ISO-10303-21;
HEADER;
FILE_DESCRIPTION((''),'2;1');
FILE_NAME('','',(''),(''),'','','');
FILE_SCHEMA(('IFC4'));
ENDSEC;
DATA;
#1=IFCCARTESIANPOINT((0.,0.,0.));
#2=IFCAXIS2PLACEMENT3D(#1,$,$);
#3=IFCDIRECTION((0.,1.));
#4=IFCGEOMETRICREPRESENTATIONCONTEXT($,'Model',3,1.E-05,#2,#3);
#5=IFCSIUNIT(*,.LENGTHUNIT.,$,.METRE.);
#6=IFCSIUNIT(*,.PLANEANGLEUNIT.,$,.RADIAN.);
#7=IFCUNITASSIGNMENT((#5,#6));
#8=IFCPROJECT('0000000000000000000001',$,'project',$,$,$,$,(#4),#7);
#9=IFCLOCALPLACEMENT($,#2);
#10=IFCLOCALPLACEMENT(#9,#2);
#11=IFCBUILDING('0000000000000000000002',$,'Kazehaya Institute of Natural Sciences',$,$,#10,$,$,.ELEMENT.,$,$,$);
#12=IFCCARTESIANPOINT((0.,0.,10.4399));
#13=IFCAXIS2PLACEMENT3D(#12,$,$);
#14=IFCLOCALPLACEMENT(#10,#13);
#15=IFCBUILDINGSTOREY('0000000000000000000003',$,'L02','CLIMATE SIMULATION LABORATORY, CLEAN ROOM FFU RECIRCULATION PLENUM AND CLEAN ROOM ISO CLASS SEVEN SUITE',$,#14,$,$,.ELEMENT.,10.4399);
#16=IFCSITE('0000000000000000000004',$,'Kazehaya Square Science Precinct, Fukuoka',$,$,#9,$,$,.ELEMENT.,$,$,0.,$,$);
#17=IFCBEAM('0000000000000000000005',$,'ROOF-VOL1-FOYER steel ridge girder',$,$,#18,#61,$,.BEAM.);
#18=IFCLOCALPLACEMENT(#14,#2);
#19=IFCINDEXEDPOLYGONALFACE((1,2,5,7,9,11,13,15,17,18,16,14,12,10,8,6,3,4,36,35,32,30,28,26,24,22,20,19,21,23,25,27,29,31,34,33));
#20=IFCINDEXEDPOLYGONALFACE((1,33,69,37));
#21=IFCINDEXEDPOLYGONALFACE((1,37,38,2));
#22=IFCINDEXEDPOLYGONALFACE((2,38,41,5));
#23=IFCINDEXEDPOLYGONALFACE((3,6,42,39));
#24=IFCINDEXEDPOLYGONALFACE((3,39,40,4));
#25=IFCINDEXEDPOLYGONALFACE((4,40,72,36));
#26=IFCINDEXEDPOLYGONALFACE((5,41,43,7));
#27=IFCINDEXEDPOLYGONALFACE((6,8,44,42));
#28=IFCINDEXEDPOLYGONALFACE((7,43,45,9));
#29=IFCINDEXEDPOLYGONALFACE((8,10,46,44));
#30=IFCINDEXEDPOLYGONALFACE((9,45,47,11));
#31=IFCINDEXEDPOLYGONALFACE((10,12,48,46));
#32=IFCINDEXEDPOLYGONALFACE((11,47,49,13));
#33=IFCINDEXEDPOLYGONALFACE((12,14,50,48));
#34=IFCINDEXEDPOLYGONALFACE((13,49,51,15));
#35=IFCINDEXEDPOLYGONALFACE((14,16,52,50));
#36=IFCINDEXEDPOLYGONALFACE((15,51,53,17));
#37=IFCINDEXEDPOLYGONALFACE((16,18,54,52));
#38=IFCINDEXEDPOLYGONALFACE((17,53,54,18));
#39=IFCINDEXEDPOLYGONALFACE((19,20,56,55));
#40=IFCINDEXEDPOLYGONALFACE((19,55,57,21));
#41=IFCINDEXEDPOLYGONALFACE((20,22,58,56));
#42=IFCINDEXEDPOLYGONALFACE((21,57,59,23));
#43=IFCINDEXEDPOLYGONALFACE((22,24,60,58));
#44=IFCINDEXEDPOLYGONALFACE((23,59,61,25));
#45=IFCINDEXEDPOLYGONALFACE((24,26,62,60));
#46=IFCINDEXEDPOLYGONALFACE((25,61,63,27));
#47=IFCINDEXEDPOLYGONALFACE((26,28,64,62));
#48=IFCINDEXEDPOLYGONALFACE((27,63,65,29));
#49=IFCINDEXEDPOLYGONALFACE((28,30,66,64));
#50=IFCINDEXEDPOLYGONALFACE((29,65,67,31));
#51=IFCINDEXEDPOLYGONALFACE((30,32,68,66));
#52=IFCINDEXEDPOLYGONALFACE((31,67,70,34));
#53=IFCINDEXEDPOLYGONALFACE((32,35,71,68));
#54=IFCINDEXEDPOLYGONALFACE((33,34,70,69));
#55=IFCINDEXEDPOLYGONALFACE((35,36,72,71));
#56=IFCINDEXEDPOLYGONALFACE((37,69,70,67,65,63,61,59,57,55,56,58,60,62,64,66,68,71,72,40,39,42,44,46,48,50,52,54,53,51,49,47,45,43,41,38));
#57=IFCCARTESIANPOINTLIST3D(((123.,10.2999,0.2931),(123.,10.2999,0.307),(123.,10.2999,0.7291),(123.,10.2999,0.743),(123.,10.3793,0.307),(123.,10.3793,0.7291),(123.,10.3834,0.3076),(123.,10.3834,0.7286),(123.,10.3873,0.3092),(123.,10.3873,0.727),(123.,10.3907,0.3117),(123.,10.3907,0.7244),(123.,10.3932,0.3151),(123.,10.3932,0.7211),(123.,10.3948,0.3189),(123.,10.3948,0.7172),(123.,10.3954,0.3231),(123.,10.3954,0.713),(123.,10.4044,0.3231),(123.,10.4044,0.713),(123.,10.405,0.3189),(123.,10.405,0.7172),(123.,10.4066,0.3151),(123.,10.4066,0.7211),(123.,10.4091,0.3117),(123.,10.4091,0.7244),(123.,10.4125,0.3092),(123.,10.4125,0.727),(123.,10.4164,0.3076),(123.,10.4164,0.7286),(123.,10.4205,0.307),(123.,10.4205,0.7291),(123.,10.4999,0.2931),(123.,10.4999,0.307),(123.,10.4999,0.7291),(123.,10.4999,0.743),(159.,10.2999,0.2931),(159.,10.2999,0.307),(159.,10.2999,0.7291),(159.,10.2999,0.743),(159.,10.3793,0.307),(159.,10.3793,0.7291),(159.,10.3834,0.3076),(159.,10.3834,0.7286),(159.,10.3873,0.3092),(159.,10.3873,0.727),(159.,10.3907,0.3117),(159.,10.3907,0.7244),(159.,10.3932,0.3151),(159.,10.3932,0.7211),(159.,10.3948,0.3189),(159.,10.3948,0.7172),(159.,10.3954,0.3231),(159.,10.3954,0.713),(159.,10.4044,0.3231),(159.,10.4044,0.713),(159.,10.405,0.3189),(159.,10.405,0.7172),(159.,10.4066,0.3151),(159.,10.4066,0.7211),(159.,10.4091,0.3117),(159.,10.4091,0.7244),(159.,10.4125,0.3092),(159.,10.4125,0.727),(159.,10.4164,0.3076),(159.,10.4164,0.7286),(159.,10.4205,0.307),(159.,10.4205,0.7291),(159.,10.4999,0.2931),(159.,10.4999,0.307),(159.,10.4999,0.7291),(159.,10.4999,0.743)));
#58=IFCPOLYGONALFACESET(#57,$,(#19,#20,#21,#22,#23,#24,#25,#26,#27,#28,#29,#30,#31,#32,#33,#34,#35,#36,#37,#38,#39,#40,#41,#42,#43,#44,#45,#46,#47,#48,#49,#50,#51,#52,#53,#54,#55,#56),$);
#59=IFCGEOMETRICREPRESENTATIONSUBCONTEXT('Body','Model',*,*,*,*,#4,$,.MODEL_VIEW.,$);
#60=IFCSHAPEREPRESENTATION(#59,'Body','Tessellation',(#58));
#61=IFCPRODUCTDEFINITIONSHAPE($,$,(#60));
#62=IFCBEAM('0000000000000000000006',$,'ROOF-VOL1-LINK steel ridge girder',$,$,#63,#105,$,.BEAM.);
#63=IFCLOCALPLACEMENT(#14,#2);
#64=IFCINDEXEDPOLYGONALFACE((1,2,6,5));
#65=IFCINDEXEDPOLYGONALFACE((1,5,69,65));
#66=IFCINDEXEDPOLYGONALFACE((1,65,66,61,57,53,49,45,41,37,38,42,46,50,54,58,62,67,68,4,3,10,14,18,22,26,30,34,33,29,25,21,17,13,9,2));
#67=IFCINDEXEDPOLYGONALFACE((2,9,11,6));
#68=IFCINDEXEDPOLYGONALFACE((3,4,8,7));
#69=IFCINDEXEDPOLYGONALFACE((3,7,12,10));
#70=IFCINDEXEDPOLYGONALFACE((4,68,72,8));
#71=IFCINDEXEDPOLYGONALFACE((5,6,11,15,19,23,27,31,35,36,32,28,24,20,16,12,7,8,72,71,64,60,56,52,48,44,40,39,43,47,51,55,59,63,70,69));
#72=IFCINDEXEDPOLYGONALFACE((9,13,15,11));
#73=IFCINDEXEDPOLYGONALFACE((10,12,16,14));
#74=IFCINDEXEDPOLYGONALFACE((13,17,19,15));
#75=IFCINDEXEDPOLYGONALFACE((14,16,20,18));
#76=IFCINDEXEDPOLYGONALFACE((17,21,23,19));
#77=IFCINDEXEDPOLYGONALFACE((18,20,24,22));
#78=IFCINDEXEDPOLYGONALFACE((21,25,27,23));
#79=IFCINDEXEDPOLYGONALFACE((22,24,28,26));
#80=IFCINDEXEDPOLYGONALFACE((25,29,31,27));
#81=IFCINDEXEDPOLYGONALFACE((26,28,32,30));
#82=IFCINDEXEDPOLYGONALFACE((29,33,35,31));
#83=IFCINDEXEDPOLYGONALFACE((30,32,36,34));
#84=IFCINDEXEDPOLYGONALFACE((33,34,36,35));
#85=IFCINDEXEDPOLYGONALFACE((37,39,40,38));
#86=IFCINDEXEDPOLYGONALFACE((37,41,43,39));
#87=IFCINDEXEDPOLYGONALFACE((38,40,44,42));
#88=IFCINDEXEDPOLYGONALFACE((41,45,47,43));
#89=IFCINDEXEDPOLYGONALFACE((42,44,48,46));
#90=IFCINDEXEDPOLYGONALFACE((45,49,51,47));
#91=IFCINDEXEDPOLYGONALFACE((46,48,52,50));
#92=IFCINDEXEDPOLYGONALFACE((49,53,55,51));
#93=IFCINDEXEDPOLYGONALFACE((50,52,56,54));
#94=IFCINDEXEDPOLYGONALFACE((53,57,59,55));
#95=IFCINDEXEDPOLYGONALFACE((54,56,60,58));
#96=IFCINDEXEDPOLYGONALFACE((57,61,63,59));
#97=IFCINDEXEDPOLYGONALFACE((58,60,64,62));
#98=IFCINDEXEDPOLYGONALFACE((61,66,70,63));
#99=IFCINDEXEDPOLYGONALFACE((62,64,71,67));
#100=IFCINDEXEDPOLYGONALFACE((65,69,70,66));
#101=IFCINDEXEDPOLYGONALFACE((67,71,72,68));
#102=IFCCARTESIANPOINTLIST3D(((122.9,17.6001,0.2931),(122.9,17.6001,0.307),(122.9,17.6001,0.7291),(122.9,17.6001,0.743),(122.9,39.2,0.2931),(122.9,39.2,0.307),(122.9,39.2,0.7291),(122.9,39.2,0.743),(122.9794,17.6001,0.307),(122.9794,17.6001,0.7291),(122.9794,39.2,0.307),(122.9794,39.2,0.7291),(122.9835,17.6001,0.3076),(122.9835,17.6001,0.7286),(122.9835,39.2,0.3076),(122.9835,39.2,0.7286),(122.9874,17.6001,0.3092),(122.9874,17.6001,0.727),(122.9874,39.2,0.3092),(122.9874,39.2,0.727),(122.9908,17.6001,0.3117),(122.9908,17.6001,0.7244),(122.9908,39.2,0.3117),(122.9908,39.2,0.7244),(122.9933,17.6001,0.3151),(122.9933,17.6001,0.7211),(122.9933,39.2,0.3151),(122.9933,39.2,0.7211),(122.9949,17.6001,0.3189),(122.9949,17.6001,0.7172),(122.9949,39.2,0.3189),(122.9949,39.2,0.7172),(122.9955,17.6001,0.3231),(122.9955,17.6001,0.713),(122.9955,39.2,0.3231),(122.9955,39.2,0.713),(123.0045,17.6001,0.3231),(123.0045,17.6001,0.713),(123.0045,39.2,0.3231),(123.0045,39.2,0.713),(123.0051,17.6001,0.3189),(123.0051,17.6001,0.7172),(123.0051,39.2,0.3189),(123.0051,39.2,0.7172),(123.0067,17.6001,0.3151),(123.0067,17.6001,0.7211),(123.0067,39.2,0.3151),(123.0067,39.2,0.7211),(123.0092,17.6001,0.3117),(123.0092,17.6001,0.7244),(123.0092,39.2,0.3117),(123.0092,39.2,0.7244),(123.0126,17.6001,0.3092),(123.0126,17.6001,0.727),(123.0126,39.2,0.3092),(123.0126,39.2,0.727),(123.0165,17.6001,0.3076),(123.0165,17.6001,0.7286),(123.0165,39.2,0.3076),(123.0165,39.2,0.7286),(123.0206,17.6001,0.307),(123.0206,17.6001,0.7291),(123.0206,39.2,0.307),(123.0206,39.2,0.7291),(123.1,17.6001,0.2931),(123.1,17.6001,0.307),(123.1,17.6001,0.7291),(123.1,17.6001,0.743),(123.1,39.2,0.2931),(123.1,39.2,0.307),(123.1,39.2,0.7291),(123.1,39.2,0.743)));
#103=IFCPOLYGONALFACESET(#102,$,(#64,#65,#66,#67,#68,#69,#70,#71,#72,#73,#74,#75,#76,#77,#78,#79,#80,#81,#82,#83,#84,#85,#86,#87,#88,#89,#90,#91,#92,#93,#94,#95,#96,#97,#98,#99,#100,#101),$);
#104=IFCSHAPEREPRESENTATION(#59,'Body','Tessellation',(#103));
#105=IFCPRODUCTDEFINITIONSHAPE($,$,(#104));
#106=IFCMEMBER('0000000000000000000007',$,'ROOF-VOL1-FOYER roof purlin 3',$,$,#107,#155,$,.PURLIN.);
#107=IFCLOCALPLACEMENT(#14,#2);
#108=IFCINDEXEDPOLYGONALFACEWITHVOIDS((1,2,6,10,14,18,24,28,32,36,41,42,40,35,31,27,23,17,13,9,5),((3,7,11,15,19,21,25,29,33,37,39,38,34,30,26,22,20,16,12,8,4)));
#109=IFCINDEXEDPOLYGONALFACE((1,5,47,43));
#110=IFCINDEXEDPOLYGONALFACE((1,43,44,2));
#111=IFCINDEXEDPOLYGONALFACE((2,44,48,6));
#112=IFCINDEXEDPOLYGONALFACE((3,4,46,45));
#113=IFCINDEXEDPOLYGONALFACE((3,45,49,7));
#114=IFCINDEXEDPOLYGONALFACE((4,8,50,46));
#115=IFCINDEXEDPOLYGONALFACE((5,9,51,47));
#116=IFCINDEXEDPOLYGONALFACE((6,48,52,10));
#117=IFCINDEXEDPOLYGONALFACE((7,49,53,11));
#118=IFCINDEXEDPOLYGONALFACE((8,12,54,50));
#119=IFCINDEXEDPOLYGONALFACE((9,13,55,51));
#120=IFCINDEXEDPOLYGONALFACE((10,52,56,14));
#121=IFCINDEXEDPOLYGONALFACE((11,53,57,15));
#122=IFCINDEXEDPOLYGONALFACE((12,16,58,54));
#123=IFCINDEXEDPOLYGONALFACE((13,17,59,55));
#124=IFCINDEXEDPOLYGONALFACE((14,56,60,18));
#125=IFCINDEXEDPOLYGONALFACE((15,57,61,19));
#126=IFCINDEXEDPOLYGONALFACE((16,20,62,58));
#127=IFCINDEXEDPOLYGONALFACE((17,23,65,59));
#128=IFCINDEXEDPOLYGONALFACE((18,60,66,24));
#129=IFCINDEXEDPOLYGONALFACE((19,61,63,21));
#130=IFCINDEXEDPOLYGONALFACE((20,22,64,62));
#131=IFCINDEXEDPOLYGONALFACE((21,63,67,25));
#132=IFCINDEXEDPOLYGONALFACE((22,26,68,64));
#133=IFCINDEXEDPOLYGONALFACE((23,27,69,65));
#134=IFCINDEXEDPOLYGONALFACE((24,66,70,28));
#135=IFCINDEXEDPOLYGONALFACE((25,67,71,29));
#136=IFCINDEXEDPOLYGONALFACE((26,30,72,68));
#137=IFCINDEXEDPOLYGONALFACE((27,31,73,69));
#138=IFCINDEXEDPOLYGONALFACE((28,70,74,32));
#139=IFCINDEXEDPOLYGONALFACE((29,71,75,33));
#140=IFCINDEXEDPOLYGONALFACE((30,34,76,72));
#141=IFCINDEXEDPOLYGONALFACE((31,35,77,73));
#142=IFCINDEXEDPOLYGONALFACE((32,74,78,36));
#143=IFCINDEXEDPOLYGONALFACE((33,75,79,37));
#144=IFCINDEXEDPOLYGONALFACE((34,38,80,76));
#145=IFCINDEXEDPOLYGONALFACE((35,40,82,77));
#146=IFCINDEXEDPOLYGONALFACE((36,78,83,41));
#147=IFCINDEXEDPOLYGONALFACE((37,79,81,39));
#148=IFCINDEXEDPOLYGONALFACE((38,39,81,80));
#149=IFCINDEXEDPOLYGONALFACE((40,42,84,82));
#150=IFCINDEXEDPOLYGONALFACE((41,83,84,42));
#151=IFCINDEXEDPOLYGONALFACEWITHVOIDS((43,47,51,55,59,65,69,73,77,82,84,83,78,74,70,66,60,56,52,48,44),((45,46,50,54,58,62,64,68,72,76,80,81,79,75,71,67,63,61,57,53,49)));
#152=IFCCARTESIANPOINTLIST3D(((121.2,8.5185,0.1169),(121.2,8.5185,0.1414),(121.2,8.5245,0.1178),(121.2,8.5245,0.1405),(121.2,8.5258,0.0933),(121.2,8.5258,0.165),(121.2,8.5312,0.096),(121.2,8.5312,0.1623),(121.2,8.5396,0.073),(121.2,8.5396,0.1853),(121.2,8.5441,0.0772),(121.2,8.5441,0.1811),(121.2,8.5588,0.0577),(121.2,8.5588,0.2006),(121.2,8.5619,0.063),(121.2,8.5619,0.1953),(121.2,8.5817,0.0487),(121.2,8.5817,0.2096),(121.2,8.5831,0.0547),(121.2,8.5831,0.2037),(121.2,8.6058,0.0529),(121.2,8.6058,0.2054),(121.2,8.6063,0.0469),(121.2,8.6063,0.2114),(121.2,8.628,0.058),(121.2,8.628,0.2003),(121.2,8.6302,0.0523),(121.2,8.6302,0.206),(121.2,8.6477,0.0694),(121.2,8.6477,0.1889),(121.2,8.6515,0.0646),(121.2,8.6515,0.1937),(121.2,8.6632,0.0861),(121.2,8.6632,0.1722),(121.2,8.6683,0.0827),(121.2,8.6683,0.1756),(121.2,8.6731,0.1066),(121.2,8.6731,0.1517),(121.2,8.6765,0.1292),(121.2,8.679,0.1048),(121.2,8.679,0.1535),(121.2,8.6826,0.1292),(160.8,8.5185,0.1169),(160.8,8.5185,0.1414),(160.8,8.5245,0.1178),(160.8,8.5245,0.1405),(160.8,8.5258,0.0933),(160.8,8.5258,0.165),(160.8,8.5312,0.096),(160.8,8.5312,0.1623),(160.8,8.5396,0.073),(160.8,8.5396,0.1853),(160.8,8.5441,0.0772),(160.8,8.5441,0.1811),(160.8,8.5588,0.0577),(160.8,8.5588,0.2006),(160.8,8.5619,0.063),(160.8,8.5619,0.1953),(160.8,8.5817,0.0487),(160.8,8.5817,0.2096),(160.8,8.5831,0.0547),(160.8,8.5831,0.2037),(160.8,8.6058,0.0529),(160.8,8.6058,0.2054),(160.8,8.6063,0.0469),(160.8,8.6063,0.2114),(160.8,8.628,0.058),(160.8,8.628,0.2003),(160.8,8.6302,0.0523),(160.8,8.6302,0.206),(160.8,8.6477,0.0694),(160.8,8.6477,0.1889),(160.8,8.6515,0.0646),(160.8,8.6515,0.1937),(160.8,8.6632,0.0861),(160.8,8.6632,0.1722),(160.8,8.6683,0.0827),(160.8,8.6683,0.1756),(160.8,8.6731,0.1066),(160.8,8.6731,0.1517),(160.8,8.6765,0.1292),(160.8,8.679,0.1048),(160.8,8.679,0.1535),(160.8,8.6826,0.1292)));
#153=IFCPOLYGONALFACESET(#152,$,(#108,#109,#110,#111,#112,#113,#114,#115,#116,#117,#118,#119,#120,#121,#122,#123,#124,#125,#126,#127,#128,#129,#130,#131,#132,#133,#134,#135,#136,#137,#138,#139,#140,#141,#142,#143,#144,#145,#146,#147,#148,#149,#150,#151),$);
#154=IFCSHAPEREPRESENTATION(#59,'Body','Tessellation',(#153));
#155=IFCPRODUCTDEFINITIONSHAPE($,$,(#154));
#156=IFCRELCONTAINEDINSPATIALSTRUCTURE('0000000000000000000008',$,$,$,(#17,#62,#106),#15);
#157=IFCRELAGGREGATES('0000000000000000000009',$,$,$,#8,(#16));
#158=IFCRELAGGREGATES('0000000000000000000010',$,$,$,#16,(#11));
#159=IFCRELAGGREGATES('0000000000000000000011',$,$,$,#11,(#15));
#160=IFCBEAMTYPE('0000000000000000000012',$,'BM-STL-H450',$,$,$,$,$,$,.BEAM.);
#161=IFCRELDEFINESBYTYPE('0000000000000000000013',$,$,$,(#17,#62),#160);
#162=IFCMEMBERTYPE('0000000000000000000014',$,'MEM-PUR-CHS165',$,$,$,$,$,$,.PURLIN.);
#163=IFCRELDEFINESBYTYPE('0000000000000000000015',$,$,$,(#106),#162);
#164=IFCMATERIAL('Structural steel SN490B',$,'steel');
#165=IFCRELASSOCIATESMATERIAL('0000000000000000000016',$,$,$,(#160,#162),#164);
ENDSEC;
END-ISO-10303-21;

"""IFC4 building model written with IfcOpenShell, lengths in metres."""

from ifc_helpers import new_model, si_unit, direction, frame, origin, origin_2d, place, context, subcontext, project, spatial, hollow_circle, i_section, extrude, material, material_profile, profile_set, type_object, element, save


model = new_model("IFC4")

# Units and contexts
model_context = context("Model", 3, precision=1e-05, world=origin(), true_north=direction((0.0, 1.0)))
body_context = subcontext(model_context, "Body", "Model", "MODEL_VIEW")
ifc_project = project(units=[si_unit("LENGTHUNIT", "METRE"), si_unit("PLANEANGLEUNIT", "RADIAN")], contexts=[model_context])

# Site, building, storey
site_placement = place(None, origin())
site = spatial("IfcSite", under=ifc_project, at=site_placement, Name="Kazehaya Square Science Precinct, Fukuoka", CompositionType="ELEMENT", RefElevation=0.0)
building_placement = place(site_placement, origin())
building = spatial("IfcBuilding", under=site, at=building_placement, Name="Kazehaya Institute of Natural Sciences", CompositionType="ELEMENT")
storey_placement = place(building_placement, frame((0.0, 0.0, 10.4399)))
storey = spatial("IfcBuildingStorey", under=building, at=storey_placement, Name="L02", Description="CLIMATE SIMULATION LABORATORY, CLEAN ROOM FFU RECIRCULATION PLENUM AND CLEAN ROOM ISO CLASS SEVEN SUITE", CompositionType="ELEMENT", Elevation=10.4399)

# Beams
ifc_material_1 = material(Name="Structural steel SN490B", Category="steel")
ifc_material_profile_1 = material_profile(ifc_material_1, i_section(OverallWidth=0.2, OverallDepth=0.45, WebThickness=0.009, FlangeThickness=0.0139, FilletRadius=0.0161, at=origin_2d()), Name="H-450x200x9x14")
ifc_profile_set_1 = profile_set([ifc_material_profile_1], Name="Structural steel SN490B")
beam_type_1 = type_object("IfcBeamType", Name="BM-STL-H450", PredefinedType="BEAM", material=ifc_profile_set_1)
beam_1_placement = place(storey_placement, frame((123.0, 10.3999, 0.5181), z_axis=(1.0, 0.0, 0.0), x_axis=(0.0, 1.0, 0.0)))
element("IfcBeam", 1, at=beam_1_placement, inside=storey, type_object=beam_type_1, Name="ROOF-VOL1-FOYER steel ridge girder", PredefinedType="BEAM", context=body_context, shape_type="SweptSolid", body=[
    extrude(i_section(OverallWidth=0.2, OverallDepth=0.45, WebThickness=0.009, FlangeThickness=0.0139, FilletRadius=0.0161, at=origin_2d()), origin(), (0.0, 0.0, 1.0), 36.0),
])
beam_2_placement = place(storey_placement, frame((123.0, 17.6001, 0.5181), z_axis=(0.0, 1.0, 0.0), x_axis=(-1.0, 0.0, 0.0)))
element("IfcBeam", 2, at=beam_2_placement, inside=storey, type_object=beam_type_1, Name="ROOF-VOL1-LINK steel ridge girder", PredefinedType="BEAM", context=body_context, shape_type="SweptSolid", body=[
    extrude(i_section(OverallWidth=0.2, OverallDepth=0.45, WebThickness=0.009, FlangeThickness=0.0139, FilletRadius=0.0161, at=origin_2d()), origin(), (0.0, 0.0, 1.0), 21.5999),
])

# Member
ifc_material_profile_2 = material_profile(ifc_material_1, hollow_circle(Radius=0.0825, WallThickness=0.0061, at=origin_2d()), Name="CHS-165.2x6.0")
ifc_profile_set_2 = profile_set([ifc_material_profile_2], Name="Structural steel SN490B")
member_type_1 = type_object("IfcMemberType", Name="MEM-PUR-CHS165", PredefinedType="PURLIN", material=ifc_profile_set_2)
member_1_placement = place(storey_placement, frame((121.2, 8.6001, 0.1292), z_axis=(1.0, 0.0, 0.0), x_axis=(0.0, 1.0, 0.0)))
element("IfcMember", 3, at=member_1_placement, inside=storey, type_object=member_type_1, Name="ROOF-VOL1-FOYER roof purlin 3", PredefinedType="PURLIN", context=body_context, shape_type="SweptSolid", body=[
    extrude(hollow_circle(Radius=0.0825, WallThickness=0.0061, at=origin_2d()), origin(), (0.0, 0.0, 1.0), 39.6001),
])

save(model, "model.ifc")
